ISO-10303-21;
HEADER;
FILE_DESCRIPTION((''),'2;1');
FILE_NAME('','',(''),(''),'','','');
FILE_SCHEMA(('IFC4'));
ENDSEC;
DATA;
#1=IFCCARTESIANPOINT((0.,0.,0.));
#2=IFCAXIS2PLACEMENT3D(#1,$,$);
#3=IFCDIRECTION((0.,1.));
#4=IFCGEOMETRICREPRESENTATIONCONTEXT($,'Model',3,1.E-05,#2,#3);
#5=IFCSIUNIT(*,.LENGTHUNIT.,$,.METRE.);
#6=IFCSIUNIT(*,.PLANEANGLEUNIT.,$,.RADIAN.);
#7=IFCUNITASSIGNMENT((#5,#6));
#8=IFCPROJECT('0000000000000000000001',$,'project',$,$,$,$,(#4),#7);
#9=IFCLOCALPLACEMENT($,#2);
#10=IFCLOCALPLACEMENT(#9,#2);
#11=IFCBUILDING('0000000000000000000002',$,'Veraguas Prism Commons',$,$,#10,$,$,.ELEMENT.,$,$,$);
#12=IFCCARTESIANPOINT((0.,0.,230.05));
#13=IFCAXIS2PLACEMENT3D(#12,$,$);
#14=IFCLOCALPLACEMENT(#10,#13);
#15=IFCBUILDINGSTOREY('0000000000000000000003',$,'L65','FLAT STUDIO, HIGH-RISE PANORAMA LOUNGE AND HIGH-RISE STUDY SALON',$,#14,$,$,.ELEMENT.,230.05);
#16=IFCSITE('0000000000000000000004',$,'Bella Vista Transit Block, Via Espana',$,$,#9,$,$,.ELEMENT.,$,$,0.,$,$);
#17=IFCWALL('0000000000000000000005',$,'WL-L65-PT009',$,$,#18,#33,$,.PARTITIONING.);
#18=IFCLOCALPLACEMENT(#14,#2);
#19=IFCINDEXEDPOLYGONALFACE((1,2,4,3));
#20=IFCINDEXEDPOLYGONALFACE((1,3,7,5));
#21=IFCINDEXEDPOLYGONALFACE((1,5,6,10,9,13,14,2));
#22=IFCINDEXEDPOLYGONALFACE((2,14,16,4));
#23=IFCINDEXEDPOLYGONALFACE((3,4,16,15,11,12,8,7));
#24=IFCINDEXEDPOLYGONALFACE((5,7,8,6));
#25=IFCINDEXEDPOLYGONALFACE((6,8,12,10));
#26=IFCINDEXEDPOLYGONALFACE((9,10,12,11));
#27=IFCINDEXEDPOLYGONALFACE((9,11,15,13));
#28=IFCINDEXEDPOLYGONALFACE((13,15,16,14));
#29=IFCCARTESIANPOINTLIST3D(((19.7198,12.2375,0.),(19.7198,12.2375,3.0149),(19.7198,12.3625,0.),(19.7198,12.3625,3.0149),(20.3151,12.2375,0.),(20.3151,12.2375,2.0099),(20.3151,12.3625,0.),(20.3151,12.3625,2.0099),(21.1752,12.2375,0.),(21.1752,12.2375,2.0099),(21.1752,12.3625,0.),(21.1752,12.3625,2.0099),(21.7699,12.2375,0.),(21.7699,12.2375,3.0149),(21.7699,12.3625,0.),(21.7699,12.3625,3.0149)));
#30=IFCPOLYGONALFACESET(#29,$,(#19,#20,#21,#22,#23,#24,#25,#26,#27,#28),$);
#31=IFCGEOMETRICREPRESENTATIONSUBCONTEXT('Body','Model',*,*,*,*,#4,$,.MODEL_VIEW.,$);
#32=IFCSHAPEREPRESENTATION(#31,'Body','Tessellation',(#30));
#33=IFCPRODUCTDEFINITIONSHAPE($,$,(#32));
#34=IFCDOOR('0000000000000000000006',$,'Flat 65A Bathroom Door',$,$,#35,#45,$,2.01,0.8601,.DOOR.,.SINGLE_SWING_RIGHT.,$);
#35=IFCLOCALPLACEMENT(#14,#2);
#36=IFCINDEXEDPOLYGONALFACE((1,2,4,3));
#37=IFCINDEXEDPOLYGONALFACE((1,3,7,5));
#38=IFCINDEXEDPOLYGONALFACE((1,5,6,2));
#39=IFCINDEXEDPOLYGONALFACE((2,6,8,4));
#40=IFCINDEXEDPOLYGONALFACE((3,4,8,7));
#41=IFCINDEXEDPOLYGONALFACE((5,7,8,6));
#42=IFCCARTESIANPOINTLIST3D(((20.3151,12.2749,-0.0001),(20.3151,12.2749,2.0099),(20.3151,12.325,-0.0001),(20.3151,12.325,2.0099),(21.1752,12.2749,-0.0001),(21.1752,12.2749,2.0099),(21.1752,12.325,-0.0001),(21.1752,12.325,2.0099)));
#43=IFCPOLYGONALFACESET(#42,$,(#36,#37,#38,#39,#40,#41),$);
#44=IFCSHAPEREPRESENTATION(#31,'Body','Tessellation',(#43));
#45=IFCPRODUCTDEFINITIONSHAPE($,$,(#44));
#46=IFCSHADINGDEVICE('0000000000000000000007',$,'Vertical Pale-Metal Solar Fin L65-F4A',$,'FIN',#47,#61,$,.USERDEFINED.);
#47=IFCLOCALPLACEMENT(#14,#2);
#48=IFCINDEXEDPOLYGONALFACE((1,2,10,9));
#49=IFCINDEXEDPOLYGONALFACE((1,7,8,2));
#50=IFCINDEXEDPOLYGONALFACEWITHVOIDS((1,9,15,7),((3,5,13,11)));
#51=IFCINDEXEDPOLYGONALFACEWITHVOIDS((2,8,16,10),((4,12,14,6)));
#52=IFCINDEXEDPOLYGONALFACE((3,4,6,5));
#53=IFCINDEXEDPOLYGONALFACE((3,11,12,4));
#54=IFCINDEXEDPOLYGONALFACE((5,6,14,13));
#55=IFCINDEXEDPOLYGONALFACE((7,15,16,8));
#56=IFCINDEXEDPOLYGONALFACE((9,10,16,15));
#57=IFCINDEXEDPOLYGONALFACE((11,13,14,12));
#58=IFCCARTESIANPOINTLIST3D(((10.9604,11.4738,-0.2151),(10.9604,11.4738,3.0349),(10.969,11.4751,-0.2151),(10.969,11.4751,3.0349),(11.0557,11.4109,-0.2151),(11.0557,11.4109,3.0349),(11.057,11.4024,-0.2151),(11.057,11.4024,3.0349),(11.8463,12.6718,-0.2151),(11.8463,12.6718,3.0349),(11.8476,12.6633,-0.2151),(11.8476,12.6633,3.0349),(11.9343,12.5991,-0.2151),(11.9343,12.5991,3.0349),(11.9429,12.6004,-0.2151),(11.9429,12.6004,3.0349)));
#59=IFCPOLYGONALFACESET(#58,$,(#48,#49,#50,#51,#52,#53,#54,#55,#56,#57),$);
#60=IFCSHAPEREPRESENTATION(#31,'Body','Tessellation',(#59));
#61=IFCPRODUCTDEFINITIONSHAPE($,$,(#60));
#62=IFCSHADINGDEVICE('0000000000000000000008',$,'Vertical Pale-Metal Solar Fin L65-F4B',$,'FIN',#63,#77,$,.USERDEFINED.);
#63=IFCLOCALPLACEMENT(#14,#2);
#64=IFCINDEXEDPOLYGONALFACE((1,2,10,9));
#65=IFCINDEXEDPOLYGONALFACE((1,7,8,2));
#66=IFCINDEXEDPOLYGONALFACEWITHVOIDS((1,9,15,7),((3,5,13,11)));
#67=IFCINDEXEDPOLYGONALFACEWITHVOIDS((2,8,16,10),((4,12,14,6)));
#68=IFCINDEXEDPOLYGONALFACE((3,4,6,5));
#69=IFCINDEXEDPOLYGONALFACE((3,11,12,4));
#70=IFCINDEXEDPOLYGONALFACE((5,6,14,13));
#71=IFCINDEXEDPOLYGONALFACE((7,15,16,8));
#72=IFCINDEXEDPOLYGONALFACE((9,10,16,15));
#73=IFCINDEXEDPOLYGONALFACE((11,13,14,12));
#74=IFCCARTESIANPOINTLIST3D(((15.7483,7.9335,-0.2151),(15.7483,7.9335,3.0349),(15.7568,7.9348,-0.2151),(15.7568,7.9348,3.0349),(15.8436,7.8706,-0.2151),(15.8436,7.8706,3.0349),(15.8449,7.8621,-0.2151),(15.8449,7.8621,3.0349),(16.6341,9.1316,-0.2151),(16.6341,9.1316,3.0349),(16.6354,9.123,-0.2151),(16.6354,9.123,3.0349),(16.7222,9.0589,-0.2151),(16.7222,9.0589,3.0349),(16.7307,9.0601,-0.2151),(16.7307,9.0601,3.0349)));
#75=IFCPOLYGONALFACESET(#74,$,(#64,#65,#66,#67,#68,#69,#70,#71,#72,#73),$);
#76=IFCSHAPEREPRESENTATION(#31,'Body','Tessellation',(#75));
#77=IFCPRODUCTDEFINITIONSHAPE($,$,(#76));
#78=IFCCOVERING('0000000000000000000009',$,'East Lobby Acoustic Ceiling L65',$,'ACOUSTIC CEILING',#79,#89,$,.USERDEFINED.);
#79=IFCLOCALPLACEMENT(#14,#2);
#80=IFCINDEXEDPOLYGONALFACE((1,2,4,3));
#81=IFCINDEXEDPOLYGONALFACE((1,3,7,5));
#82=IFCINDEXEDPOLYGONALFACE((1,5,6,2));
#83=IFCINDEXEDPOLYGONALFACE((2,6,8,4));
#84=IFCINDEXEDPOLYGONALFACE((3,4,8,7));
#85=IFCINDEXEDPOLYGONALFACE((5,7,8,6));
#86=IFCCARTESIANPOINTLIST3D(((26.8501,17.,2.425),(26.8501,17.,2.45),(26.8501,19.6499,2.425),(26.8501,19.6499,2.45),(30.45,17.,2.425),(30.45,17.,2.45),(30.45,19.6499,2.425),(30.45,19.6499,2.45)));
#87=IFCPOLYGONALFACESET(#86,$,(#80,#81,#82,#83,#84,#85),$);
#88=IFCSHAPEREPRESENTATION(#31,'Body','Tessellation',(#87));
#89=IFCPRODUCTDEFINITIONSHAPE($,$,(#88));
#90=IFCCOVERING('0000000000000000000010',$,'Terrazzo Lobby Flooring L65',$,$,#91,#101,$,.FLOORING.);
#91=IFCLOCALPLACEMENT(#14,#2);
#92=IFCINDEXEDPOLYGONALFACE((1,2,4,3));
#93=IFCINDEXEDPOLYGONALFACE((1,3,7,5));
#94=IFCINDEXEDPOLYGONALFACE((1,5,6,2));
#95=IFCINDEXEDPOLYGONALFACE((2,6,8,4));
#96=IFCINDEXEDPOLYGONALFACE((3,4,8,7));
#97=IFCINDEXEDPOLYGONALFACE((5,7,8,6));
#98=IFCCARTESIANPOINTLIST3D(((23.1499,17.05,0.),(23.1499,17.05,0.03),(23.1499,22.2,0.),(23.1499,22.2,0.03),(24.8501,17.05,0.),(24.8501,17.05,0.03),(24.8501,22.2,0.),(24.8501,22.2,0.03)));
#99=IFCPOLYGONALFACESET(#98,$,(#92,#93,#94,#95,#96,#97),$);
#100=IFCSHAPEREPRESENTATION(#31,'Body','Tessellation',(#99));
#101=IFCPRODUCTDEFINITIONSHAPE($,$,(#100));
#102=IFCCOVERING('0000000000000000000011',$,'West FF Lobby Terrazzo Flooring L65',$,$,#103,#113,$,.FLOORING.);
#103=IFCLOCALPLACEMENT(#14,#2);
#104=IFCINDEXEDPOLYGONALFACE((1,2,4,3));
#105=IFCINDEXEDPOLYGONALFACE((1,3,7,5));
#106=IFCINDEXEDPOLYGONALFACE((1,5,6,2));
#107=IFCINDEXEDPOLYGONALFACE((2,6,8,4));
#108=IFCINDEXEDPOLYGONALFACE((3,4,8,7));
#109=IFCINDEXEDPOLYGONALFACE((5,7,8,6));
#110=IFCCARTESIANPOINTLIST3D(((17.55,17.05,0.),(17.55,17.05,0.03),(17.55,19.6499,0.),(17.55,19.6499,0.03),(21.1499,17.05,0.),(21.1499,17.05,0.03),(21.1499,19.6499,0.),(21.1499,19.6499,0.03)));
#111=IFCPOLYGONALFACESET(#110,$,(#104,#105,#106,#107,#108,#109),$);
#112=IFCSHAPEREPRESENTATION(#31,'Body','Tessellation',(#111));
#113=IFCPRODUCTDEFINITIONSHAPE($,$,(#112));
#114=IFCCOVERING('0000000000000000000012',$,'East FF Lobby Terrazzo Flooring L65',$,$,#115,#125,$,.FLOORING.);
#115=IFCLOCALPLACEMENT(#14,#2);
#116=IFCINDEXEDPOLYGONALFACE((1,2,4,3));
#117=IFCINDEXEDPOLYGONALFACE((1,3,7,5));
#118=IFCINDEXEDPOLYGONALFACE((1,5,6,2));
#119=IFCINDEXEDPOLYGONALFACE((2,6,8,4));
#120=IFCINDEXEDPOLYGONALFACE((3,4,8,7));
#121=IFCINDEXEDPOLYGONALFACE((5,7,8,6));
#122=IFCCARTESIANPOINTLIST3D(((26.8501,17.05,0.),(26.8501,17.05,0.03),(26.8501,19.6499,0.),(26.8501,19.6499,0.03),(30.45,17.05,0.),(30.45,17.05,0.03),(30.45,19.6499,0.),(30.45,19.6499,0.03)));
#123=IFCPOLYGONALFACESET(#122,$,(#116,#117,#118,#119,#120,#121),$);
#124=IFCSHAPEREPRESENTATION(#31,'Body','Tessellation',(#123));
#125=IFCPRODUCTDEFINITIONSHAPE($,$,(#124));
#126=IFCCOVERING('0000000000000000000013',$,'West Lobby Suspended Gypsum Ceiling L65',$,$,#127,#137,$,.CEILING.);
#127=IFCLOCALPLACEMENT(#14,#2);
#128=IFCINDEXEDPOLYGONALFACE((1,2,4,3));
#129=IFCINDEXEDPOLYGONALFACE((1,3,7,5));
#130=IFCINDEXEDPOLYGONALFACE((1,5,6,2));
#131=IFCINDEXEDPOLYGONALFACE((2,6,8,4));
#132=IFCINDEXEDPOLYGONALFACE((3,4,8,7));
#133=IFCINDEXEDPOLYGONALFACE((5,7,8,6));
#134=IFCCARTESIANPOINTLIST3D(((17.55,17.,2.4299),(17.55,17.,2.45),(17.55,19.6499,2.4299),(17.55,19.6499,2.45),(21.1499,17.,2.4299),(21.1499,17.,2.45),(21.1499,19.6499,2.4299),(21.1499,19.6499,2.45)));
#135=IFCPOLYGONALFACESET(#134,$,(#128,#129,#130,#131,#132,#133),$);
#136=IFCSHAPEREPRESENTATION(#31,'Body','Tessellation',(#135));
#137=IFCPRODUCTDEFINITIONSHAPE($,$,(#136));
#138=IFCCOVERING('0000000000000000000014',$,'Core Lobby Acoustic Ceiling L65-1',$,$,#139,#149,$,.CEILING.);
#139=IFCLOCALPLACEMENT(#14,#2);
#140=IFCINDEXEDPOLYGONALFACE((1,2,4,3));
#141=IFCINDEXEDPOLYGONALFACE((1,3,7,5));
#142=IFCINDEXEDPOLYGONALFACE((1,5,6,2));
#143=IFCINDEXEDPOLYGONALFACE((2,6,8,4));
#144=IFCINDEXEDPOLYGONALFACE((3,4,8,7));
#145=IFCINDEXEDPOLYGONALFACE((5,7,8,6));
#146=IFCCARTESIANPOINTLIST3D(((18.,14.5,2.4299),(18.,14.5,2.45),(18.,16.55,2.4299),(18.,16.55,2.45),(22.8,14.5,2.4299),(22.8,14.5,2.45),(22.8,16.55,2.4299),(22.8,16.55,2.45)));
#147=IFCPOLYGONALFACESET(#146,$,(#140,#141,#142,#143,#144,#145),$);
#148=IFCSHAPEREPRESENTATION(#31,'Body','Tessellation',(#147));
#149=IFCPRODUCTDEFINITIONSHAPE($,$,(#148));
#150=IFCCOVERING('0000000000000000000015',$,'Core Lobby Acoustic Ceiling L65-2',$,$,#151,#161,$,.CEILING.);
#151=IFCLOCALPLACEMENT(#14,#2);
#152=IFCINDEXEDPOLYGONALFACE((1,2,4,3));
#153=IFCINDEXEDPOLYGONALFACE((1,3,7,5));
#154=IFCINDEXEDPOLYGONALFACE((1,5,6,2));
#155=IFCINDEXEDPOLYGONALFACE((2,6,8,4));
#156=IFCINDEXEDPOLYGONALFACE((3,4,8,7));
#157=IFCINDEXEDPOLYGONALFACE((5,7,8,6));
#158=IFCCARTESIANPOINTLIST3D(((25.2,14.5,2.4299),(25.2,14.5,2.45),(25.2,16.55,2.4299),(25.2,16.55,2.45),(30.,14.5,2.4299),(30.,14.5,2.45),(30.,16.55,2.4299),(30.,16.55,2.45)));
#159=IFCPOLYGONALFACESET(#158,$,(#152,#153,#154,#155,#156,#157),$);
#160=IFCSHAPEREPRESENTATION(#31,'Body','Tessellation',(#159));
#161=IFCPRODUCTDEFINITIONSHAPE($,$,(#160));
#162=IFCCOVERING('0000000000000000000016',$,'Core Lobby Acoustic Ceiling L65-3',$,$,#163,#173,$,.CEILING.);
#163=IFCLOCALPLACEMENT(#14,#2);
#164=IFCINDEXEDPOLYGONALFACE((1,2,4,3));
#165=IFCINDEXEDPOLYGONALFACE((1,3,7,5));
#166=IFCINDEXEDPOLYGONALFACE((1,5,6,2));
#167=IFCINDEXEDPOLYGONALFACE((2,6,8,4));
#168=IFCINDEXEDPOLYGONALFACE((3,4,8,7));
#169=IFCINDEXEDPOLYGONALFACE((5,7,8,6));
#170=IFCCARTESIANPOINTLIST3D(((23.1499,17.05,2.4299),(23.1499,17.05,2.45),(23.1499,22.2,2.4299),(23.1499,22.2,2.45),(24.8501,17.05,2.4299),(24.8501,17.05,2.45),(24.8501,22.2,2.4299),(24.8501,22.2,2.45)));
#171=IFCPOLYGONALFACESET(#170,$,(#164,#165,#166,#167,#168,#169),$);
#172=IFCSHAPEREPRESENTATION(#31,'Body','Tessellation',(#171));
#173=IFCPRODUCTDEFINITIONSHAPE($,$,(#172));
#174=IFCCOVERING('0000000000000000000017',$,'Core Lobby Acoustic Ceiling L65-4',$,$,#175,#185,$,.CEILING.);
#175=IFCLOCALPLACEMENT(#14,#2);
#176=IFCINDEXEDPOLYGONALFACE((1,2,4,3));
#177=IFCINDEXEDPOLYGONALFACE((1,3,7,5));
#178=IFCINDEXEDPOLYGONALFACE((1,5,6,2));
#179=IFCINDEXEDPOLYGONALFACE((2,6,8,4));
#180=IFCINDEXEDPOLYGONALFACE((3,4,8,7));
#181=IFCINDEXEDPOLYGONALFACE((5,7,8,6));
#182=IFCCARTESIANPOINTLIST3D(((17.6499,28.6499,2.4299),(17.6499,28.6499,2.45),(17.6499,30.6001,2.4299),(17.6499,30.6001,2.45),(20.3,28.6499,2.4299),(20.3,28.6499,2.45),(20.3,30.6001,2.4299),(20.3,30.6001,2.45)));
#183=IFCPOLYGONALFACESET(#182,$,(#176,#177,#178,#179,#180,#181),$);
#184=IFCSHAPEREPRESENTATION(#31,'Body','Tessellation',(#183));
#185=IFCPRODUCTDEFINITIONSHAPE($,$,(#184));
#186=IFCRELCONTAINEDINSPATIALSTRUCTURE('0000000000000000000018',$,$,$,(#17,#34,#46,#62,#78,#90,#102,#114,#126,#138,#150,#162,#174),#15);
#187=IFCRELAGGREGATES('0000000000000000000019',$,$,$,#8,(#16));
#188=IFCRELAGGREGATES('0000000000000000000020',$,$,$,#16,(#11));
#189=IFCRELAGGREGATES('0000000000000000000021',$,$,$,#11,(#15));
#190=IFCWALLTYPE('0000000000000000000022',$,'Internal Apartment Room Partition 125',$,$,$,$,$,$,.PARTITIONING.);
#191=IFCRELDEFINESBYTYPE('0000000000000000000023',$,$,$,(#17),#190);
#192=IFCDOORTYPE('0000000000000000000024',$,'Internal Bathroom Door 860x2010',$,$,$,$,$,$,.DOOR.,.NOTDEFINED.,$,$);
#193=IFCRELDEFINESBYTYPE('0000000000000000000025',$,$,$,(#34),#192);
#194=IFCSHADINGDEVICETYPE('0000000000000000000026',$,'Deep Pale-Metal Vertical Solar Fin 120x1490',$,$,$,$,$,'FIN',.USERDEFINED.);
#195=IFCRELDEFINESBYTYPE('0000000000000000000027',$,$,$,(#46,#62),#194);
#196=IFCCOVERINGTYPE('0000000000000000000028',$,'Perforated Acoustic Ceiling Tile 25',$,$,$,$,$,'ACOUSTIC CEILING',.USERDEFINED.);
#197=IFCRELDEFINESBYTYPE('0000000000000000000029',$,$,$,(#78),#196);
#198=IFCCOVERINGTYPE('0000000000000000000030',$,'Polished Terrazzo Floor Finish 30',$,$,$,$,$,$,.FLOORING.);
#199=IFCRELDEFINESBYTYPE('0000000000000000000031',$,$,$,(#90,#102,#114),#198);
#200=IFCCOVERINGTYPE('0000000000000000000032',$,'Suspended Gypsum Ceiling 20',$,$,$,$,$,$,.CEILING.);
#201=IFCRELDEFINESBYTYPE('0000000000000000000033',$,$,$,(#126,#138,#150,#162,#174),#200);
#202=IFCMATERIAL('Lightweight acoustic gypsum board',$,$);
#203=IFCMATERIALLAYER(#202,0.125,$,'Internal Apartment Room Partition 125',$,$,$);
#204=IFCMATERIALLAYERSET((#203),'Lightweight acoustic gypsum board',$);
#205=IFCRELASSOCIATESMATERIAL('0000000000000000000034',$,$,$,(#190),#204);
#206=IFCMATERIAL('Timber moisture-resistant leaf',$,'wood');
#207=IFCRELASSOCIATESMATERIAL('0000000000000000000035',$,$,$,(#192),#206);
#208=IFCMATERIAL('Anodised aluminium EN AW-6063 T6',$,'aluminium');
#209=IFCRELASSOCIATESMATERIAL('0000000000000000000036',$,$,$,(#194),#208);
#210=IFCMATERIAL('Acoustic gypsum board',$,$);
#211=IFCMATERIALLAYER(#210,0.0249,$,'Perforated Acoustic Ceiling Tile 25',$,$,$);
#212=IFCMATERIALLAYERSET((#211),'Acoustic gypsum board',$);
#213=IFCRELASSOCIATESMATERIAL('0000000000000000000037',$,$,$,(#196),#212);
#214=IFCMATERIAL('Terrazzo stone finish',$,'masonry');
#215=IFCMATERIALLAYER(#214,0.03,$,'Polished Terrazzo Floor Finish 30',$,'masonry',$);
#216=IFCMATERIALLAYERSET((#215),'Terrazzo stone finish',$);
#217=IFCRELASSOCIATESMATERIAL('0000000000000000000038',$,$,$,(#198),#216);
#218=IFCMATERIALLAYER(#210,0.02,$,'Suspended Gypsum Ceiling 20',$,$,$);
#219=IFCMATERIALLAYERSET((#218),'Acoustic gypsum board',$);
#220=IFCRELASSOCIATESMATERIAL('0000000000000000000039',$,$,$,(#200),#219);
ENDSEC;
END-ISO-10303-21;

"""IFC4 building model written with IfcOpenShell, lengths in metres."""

from ifc_helpers import new_model, si_unit, direction, frame, frame_2d, origin, origin_2d, place, context, subcontext, project, spatial, polyline, rectangle, hollow_rectangle, outline, extrude, source, transform, mapped, material, layer, layer_set, material_profile, profile_set, type_object, element, fill, save


model = new_model("IFC4")

# Units and contexts
model_context = context("Model", 3, precision=1e-05, world=origin(), true_north=direction((0.0, 1.0)))
body_context = subcontext(model_context, "Body", "Model", "MODEL_VIEW")
ifc_project = project(units=[si_unit("LENGTHUNIT", "METRE"), si_unit("PLANEANGLEUNIT", "RADIAN")], contexts=[model_context])

# Site, building, storey
site_placement = place(None, origin())
site = spatial("IfcSite", under=ifc_project, at=site_placement, Name="Bella Vista Transit Block, Via Espana", CompositionType="ELEMENT", RefElevation=0.0)
building_placement = place(site_placement, origin())
building = spatial("IfcBuilding", under=site, at=building_placement, Name="Veraguas Prism Commons", CompositionType="ELEMENT")
storey_placement = place(building_placement, frame((0.0, 0.0, 230.05)))
storey = spatial("IfcBuildingStorey", under=building, at=storey_placement, Name="L65", Description="FLAT STUDIO, HIGH-RISE PANORAMA LOUNGE AND HIGH-RISE STUDY SALON", CompositionType="ELEMENT", Elevation=230.05)

# Shared definitions
ifc_material_1 = material(Name="Anodised aluminium EN AW-6063 T6", Category="aluminium")

# Wall, opening, door
ifc_material_2 = material(Name="Lightweight acoustic gypsum board")
ifc_layer_1 = layer(ifc_material_2, 0.125, Name="Internal Apartment Room Partition 125")
ifc_layer_set_1 = layer_set([ifc_layer_1], Name="Lightweight acoustic gypsum board")
wall_type_1 = type_object("IfcWallType", Name="Internal Apartment Room Partition 125", PredefinedType="PARTITIONING", material=ifc_layer_set_1)
wall_1_placement = place(storey_placement, frame((19.72, 12.3, 0.0), z_axis=(0.0, 0.0, 1.0), x_axis=(1.0, 0.0, 0.0)))
wall_1 = element("IfcWall", 1, at=wall_1_placement, inside=storey, type_object=wall_type_1, Name="WL-L65-PT009", PredefinedType="PARTITIONING", context=body_context, shape_type="SweptSolid", body=[
    extrude(rectangle(XDim=2.05, YDim=0.125, at=frame_2d((1.0249, 0.0))), origin(), (0.0, 0.0, 1.0), 3.0149),
])
opening_1_placement = place(wall_1_placement, frame((0.595, 0.0, 0.0)))
opening_1 = element("IfcOpeningElement", 2, at=opening_1_placement, cuts=wall_1, PredefinedType="OPENING", context=body_context, shape_type="SweptSolid", body=[
    extrude(rectangle(XDim=0.8601, YDim=2.01, at=frame_2d((0.4302, 1.0049))), frame((0.0, 0.0725, 0.0), z_axis=(0.0, -1.0, 0.0), x_axis=(1.0, 0.0, 0.0)), (0.0, 0.0, 1.0), 0.145),
])
ifc_material_3 = material(Name="Timber moisture-resistant leaf", Category="wood")
door_type_1 = type_object("IfcDoorType", Name="Internal Bathroom Door 860x2010", OperationType="NOTDEFINED", PredefinedType="DOOR", material=ifc_material_3)
shared_shape_1 = source(origin(), body_context, "Body", "SweptSolid", [
    extrude(rectangle(XDim=0.8601, YDim=2.01, at=frame_2d((0.4302, 1.0049))), frame((0.0, 0.0249, 0.0), z_axis=(0.0, -1.0, 0.0), x_axis=(1.0, 0.0, 0.0)), (0.0, 0.0, 1.0), 0.05),
])
door_1_placement = place(opening_1_placement, origin())
door_1 = element("IfcDoor", 3, at=door_1_placement, inside=storey, type_object=door_type_1, Name="Flat 65A Bathroom Door", OperationType="SINGLE_SWING_RIGHT", OverallHeight=2.01, OverallWidth=0.8601, PredefinedType="DOOR", context=body_context, shape_type="MappedRepresentation", body=[
    mapped(shared_shape_1, transform((0.0, 0.0, 0.0), scale=1.0)),
])
fill(opening_1, door_1)

# Shading devices
ifc_material_profile_1 = material_profile(ifc_material_1, hollow_rectangle(XDim=0.1201, YDim=1.49, WallThickness=0.0061, at=origin_2d()), Name="FIN120X1490X6")
ifc_profile_set_1 = profile_set([ifc_material_profile_1], Name="Anodised aluminium EN AW-6063 T6")
shading_device_type = type_object("IfcShadingDeviceType", Name="Deep Pale-Metal Vertical Solar Fin 120x1490", ElementType="FIN", PredefinedType="USERDEFINED", material=ifc_profile_set_1)
for number, where, z_axis, x_axis, name in (
    (4, (11.4517, 12.0371, -0.2151), (0.0, 0.0, 1.0), (0.804063, -0.594544, 0.0), "Vertical Pale-Metal Solar Fin L65-F4A"),
    (5, (16.2395, 8.4968, -0.2151), (0.0, 0.0, 1.0), (0.804063, -0.594544, 0.0), "Vertical Pale-Metal Solar Fin L65-F4B"),
):
    element("IfcShadingDevice", number, at=place(storey_placement, frame(where, z_axis=z_axis, x_axis=x_axis)), inside=storey, type_object=shading_device_type, Name=name, ObjectType="FIN", PredefinedType="USERDEFINED", context=body_context, shape_type="SweptSolid", body=[
        extrude(hollow_rectangle(XDim=0.1201, YDim=1.49, WallThickness=0.0061, at=origin_2d()), origin(), (0.0, 0.0, 1.0), 3.25),
    ])

# Coverings
ifc_material_4 = material(Name="Acoustic gypsum board")
ifc_layer_2 = layer(ifc_material_4, 0.0249, Name="Perforated Acoustic Ceiling Tile 25")
ifc_layer_set_2 = layer_set([ifc_layer_2], Name="Acoustic gypsum board")
covering_type_1 = type_object("IfcCoveringType", Name="Perforated Acoustic Ceiling Tile 25", ElementType="ACOUSTIC CEILING", PredefinedType="USERDEFINED", material=ifc_layer_set_2)
covering_1_placement = place(storey_placement, frame((0.0, 0.0, 2.425)))
element("IfcCovering", 6, at=covering_1_placement, inside=storey, type_object=covering_type_1, Name="East Lobby Acoustic Ceiling L65", ObjectType="ACOUSTIC CEILING", PredefinedType="USERDEFINED", context=body_context, shape_type="SweptSolid", body=[
    extrude(outline(polyline([(26.8501, 17.0), (30.45, 17.0), (30.45, 19.6499), (26.8501, 19.6499), (26.8501, 17.0)])), origin(), (0.0, 0.0, 1.0), 0.0249),
])
ifc_material_5 = material(Name="Terrazzo stone finish", Category="masonry")
ifc_layer_3 = layer(ifc_material_5, 0.03, Name="Polished Terrazzo Floor Finish 30", Category="masonry")
ifc_layer_set_3 = layer_set([ifc_layer_3], Name="Terrazzo stone finish")
covering_type_2 = type_object("IfcCoveringType", Name="Polished Terrazzo Floor Finish 30", PredefinedType="FLOORING", material=ifc_layer_set_3)
covering_2_placement = place(storey_placement, origin())
element("IfcCovering", 7, at=covering_2_placement, inside=storey, type_object=covering_type_2, Name="Terrazzo Lobby Flooring L65", PredefinedType="FLOORING", context=body_context, shape_type="SweptSolid", body=[
    extrude(outline(polyline([(23.1499, 17.05), (24.8501, 17.05), (24.8501, 22.2), (23.1499, 22.2), (23.1499, 17.05)])), origin(), (0.0, 0.0, 1.0), 0.03),
])
covering_3_placement = place(storey_placement, origin())
element("IfcCovering", 8, at=covering_3_placement, inside=storey, type_object=covering_type_2, Name="West FF Lobby Terrazzo Flooring L65", PredefinedType="FLOORING", context=body_context, shape_type="SweptSolid", body=[
    extrude(outline(polyline([(17.55, 17.05), (21.1499, 17.05), (21.1499, 19.6499), (17.55, 19.6499), (17.55, 17.05)])), origin(), (0.0, 0.0, 1.0), 0.03),
])
covering_4_placement = place(storey_placement, origin())
element("IfcCovering", 9, at=covering_4_placement, inside=storey, type_object=covering_type_2, Name="East FF Lobby Terrazzo Flooring L65", PredefinedType="FLOORING", context=body_context, shape_type="SweptSolid", body=[
    extrude(outline(polyline([(26.8501, 17.05), (30.45, 17.05), (30.45, 19.6499), (26.8501, 19.6499), (26.8501, 17.05)])), origin(), (0.0, 0.0, 1.0), 0.03),
])

# Coverings
ifc_layer_4 = layer(ifc_material_4, 0.02, Name="Suspended Gypsum Ceiling 20")
ifc_layer_set_4 = layer_set([ifc_layer_4], Name="Acoustic gypsum board")
covering_type_3 = type_object("IfcCoveringType", Name="Suspended Gypsum Ceiling 20", PredefinedType="CEILING", material=ifc_layer_set_4)
covering_5_placement = place(storey_placement, frame((0.0, 0.0, 2.4299)))
element("IfcCovering", 10, at=covering_5_placement, inside=storey, type_object=covering_type_3, Name="West Lobby Suspended Gypsum Ceiling L65", PredefinedType="CEILING", context=body_context, shape_type="SweptSolid", body=[
    extrude(outline(polyline([(17.55, 17.0), (21.1499, 17.0), (21.1499, 19.6499), (17.55, 19.6499), (17.55, 17.0)])), origin(), (0.0, 0.0, 1.0), 0.02),
])
covering_6_placement = place(storey_placement, frame((0.0, 0.0, 2.4299)))
element("IfcCovering", 11, at=covering_6_placement, inside=storey, type_object=covering_type_3, Name="Core Lobby Acoustic Ceiling L65-1", PredefinedType="CEILING", context=body_context, shape_type="SweptSolid", body=[
    extrude(outline(polyline([(18.0, 14.5), (22.8, 14.5), (22.8, 16.55), (18.0, 16.55), (18.0, 14.5)])), origin(), (0.0, 0.0, 1.0), 0.02),
])
covering_7_placement = place(storey_placement, frame((0.0, 0.0, 2.4299)))
element("IfcCovering", 12, at=covering_7_placement, inside=storey, type_object=covering_type_3, Name="Core Lobby Acoustic Ceiling L65-2", PredefinedType="CEILING", context=body_context, shape_type="SweptSolid", body=[
    extrude(outline(polyline([(25.2, 14.5), (30.0, 14.5), (30.0, 16.55), (25.2, 16.55), (25.2, 14.5)])), origin(), (0.0, 0.0, 1.0), 0.02),
])
covering_8_placement = place(storey_placement, frame((0.0, 0.0, 2.4299)))
element("IfcCovering", 13, at=covering_8_placement, inside=storey, type_object=covering_type_3, Name="Core Lobby Acoustic Ceiling L65-3", PredefinedType="CEILING", context=body_context, shape_type="SweptSolid", body=[
    extrude(outline(polyline([(23.1499, 17.05), (24.8501, 17.05), (24.8501, 22.2), (23.1499, 22.2), (23.1499, 17.05)])), origin(), (0.0, 0.0, 1.0), 0.02),
])
covering_9_placement = place(storey_placement, frame((0.0, 0.0, 2.4299)))
element("IfcCovering", 14, at=covering_9_placement, inside=storey, type_object=covering_type_3, Name="Core Lobby Acoustic Ceiling L65-4", PredefinedType="CEILING", context=body_context, shape_type="SweptSolid", body=[
    extrude(outline(polyline([(17.6499, 28.6499), (20.3, 28.6499), (20.3, 30.6001), (17.6499, 30.6001), (17.6499, 28.6499)])), origin(), (0.0, 0.0, 1.0), 0.02),
])

save(model, "model.ifc")
